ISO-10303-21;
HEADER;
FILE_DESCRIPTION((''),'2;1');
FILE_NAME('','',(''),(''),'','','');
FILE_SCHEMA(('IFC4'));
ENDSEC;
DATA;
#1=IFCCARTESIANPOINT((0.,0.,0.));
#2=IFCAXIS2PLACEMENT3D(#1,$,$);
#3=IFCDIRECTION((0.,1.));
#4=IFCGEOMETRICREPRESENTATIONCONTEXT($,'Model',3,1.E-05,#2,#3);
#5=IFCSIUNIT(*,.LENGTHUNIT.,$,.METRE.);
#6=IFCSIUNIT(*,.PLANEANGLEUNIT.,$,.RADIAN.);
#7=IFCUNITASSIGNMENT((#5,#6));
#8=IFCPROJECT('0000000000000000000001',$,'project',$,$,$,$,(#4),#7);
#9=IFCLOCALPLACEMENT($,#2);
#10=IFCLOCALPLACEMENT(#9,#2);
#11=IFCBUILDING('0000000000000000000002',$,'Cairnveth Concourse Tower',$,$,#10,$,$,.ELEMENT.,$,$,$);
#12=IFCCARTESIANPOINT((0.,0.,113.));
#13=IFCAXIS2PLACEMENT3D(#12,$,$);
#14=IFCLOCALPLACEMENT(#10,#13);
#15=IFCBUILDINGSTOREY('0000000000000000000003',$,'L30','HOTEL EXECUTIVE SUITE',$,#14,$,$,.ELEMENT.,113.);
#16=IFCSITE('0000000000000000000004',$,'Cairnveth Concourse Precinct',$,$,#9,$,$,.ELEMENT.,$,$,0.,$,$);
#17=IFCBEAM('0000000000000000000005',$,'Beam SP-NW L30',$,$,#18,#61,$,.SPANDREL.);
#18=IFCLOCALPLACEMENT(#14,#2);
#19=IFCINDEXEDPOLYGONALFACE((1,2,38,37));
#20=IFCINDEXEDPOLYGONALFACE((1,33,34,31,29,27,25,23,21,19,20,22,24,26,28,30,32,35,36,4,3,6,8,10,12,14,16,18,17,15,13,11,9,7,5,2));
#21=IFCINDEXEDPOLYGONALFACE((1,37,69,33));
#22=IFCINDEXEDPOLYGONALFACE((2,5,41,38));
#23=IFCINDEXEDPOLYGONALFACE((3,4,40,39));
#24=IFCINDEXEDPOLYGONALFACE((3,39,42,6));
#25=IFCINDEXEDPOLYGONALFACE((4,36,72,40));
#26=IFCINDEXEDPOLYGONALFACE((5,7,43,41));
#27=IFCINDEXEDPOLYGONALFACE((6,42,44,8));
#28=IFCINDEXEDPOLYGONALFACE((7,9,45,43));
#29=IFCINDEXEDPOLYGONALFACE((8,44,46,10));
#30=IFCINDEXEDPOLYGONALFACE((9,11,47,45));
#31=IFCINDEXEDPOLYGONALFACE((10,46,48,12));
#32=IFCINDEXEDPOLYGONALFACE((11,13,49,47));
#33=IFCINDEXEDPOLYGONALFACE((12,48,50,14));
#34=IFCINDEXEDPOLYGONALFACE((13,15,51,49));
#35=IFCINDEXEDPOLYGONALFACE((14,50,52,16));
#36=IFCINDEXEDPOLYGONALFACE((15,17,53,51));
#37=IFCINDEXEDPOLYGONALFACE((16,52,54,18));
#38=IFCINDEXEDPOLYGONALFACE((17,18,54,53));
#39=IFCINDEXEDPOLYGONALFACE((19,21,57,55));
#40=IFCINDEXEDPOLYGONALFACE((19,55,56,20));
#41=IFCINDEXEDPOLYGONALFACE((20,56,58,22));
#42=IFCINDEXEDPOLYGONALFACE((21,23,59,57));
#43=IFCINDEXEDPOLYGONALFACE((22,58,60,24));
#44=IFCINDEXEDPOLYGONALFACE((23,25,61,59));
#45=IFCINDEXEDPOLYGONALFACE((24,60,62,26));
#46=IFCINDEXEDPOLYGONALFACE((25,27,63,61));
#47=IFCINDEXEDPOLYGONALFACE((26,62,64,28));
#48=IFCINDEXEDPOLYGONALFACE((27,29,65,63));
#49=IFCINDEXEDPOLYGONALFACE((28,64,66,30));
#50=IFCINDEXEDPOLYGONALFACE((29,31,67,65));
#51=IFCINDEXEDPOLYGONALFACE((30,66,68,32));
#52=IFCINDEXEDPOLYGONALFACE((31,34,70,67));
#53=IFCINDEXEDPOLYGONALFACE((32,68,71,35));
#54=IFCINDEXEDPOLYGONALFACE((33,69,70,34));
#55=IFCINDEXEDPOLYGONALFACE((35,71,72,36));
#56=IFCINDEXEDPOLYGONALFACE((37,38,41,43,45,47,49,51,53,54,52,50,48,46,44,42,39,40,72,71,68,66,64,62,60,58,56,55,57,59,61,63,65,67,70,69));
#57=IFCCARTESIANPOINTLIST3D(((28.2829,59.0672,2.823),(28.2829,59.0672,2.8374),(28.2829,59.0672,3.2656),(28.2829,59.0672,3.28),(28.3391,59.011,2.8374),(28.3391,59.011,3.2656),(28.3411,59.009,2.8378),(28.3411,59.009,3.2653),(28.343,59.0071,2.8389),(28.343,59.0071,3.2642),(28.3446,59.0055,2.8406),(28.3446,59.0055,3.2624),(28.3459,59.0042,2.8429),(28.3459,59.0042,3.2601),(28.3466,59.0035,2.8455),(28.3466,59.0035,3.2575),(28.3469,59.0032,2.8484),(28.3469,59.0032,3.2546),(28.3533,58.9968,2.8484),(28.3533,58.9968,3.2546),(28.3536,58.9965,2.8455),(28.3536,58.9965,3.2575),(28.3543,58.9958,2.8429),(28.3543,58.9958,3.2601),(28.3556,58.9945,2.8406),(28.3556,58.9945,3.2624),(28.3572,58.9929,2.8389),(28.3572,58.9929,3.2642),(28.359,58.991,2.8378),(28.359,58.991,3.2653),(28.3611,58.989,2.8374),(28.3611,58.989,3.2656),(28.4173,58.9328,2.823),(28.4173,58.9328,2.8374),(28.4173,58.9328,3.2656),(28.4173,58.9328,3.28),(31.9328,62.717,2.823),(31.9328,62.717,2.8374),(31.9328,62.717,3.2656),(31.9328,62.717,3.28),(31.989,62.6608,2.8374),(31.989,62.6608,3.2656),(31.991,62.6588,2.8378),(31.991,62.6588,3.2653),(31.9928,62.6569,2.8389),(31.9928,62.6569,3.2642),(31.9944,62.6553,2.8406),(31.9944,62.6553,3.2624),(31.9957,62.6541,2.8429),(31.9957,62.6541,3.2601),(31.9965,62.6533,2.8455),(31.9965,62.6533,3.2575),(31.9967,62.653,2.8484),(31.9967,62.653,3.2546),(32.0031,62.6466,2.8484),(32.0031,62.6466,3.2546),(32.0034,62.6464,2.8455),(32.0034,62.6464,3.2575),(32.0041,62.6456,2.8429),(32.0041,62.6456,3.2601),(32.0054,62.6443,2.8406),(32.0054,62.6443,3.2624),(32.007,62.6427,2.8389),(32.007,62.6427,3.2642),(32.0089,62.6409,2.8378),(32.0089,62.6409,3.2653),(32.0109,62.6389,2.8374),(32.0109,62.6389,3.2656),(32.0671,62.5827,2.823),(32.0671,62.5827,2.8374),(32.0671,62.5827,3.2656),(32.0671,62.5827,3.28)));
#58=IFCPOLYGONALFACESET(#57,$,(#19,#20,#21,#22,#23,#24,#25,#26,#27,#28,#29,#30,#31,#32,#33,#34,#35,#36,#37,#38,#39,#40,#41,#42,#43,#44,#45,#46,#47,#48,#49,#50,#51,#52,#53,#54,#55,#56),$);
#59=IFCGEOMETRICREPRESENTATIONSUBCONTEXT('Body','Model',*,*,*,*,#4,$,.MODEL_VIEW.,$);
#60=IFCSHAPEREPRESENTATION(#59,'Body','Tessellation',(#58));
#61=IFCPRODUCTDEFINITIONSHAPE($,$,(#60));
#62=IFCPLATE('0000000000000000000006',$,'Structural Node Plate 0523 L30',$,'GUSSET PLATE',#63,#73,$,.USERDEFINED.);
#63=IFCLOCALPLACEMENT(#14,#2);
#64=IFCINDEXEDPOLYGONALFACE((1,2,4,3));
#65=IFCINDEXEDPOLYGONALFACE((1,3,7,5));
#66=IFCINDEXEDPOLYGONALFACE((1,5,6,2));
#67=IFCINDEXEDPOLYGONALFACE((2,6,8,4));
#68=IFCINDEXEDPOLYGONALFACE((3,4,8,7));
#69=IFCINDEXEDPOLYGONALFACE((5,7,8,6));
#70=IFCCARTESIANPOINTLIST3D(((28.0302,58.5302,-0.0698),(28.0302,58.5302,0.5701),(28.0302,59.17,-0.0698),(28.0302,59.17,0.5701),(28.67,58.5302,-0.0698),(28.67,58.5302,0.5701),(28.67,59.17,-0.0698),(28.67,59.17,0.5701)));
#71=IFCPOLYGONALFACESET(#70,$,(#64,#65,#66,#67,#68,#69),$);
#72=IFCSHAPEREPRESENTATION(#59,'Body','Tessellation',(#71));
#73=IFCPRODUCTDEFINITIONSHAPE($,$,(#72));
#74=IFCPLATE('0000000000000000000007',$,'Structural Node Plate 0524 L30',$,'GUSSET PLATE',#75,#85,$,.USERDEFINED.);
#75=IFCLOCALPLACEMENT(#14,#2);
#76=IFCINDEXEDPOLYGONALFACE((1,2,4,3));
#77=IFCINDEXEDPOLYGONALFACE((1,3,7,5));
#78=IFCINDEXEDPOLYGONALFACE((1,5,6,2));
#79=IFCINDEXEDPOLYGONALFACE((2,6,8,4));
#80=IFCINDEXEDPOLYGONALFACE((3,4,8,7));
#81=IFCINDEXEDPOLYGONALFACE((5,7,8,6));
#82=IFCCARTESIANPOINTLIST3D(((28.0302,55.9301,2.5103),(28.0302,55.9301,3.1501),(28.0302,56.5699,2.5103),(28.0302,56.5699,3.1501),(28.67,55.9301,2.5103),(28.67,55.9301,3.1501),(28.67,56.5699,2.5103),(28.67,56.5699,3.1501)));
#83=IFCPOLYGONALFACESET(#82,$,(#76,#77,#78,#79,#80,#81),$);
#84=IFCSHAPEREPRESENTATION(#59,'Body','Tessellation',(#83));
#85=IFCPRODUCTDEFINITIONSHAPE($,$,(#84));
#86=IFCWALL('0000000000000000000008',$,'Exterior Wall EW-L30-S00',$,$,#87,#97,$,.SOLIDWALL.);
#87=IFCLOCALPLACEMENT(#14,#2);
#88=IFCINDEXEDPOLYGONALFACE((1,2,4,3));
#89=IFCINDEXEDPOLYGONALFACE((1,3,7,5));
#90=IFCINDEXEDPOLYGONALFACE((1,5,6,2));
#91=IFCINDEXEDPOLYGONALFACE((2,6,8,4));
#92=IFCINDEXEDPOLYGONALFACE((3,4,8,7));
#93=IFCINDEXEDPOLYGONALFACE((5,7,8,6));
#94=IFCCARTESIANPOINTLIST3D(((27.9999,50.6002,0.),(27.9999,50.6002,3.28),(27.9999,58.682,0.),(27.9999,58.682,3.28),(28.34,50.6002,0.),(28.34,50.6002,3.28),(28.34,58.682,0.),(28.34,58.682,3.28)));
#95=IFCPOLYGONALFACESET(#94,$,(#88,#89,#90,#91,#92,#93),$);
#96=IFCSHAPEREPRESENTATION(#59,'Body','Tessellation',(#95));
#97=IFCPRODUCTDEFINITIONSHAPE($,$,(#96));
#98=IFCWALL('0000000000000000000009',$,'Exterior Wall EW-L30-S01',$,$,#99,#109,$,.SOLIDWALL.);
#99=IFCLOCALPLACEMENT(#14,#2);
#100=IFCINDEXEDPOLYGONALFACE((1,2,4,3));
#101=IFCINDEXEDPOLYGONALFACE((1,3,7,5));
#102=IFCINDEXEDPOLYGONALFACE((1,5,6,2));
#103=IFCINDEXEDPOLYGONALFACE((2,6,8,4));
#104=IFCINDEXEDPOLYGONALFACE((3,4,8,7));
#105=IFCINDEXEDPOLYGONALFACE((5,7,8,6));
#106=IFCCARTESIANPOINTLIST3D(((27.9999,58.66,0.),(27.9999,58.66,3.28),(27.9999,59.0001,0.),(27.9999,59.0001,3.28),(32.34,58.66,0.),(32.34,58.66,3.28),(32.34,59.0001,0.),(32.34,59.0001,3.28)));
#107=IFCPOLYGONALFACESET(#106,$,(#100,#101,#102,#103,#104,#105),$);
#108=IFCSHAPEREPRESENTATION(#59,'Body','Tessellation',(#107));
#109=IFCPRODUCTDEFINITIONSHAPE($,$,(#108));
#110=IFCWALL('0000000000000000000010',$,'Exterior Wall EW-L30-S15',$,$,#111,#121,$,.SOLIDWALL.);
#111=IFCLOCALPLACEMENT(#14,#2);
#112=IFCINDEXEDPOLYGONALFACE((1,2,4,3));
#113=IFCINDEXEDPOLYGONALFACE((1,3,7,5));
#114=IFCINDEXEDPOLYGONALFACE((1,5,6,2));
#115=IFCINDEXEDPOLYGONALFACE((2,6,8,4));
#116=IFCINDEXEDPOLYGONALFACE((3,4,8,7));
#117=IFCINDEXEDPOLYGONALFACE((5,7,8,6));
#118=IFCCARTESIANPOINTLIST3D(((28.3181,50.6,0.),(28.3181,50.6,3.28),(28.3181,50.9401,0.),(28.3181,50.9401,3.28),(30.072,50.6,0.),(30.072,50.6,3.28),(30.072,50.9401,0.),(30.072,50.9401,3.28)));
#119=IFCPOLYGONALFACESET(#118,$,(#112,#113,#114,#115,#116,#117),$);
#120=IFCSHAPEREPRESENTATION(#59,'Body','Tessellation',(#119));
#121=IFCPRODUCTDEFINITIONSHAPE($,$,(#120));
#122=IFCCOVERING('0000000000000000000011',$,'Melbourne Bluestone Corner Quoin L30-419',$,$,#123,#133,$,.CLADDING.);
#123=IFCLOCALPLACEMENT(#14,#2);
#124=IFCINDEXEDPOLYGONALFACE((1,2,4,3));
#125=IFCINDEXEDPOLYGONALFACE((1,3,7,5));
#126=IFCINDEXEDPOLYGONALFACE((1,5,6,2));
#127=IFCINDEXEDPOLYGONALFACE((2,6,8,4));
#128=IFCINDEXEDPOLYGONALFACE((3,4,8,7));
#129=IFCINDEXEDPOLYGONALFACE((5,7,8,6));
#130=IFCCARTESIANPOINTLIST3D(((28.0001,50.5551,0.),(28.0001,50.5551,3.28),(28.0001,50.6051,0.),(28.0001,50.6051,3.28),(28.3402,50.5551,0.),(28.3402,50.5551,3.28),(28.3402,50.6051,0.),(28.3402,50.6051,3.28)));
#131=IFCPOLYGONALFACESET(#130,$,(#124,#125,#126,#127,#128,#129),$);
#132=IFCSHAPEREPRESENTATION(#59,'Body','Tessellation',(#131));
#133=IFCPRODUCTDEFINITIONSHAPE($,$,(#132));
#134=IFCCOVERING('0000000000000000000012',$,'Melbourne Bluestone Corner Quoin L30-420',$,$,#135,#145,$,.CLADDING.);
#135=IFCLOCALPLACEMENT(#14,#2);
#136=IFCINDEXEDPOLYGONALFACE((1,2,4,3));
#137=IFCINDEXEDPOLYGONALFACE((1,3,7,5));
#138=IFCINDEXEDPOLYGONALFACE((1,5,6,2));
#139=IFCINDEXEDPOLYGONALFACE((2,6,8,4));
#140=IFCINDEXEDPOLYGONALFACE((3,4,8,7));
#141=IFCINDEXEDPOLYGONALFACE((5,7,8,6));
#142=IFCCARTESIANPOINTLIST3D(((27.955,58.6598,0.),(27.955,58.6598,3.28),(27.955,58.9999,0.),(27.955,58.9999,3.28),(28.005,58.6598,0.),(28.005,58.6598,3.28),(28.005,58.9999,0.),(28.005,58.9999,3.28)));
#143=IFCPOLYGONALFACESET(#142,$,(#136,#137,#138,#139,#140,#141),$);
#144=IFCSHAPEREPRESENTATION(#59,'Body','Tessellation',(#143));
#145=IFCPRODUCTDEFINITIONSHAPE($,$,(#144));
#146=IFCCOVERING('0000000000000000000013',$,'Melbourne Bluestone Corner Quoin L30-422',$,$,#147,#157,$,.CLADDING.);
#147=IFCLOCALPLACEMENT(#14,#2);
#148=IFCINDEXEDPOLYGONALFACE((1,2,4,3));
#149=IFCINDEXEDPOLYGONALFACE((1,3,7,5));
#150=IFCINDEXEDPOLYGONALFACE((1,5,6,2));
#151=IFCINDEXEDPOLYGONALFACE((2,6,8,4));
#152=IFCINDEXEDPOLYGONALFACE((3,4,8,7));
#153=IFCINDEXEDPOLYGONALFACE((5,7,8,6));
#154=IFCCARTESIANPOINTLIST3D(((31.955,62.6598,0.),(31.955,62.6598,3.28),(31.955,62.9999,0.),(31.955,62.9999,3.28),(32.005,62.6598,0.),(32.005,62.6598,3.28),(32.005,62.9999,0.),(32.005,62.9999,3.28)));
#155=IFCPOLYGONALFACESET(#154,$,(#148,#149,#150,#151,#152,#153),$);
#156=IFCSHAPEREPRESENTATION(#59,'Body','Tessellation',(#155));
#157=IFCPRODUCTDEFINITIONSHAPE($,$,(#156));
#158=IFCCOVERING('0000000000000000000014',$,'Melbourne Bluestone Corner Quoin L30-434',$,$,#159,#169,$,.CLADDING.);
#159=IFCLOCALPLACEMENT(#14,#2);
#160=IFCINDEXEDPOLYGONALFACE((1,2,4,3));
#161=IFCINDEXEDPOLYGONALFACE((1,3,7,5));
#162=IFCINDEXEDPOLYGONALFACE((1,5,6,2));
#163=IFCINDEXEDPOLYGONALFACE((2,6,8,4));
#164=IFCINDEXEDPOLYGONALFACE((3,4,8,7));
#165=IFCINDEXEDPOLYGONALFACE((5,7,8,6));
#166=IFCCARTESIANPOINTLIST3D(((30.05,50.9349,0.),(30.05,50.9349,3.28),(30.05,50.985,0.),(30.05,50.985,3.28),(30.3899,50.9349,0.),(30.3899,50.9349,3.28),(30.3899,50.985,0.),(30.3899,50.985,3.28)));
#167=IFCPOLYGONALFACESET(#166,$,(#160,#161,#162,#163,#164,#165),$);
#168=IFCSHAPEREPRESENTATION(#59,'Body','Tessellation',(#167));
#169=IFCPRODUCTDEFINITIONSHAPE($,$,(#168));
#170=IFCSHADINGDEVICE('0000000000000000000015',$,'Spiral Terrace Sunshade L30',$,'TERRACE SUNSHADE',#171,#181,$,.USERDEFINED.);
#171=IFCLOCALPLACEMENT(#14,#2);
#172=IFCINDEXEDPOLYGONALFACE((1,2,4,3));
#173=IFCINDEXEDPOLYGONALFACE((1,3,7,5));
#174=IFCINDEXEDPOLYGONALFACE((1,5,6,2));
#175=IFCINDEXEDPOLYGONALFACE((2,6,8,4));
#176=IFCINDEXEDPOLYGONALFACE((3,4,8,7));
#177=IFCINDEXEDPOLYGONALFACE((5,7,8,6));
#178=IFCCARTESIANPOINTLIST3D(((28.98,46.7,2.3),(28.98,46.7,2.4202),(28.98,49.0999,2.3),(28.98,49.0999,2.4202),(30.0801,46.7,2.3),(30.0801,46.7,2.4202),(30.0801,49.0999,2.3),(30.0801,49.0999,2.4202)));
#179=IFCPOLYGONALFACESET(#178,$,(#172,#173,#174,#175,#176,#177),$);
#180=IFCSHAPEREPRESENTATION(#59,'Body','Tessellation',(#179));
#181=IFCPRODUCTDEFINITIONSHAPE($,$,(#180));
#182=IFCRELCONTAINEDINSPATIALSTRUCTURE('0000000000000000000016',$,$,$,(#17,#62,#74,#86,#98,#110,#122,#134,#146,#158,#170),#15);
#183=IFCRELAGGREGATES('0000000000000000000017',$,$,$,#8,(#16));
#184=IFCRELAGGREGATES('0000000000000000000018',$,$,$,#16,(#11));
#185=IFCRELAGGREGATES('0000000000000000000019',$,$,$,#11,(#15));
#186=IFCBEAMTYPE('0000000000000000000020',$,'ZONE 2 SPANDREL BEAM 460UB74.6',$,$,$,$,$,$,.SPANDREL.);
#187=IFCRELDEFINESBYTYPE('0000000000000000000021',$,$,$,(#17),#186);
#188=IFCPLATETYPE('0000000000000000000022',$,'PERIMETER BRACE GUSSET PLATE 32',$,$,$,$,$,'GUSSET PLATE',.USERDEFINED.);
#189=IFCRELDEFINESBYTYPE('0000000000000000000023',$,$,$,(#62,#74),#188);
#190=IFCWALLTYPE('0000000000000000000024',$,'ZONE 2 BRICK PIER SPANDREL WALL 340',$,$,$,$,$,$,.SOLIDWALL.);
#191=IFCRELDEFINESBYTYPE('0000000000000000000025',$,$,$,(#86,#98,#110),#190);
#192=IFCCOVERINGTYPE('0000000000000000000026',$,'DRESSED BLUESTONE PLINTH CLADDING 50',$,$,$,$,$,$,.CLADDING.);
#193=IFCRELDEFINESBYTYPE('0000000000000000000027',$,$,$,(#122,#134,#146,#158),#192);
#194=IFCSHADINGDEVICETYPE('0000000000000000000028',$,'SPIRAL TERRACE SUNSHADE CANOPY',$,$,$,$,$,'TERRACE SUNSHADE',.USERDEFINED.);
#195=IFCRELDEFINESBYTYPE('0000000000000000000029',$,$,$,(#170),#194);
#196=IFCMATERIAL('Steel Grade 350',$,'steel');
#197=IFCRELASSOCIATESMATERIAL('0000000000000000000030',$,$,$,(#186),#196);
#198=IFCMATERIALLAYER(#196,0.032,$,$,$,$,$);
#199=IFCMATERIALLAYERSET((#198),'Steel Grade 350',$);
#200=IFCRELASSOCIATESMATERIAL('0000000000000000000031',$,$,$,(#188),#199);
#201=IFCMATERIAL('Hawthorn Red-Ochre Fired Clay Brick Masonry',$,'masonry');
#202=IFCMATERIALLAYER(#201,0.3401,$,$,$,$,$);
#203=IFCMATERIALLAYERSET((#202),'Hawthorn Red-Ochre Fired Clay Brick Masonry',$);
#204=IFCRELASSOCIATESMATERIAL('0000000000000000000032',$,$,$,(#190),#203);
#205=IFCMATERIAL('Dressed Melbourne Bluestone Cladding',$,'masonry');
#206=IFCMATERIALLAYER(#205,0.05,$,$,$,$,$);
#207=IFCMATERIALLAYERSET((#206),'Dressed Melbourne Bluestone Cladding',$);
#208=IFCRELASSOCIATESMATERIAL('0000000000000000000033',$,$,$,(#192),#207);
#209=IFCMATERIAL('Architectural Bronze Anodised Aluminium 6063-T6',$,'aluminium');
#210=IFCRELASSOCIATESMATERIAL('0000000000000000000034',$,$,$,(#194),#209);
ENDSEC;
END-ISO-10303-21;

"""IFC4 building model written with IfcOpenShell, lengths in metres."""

from ifc_helpers import new_model, si_unit, direction, frame, frame_2d, origin, origin_2d, place, context, subcontext, project, spatial, rectangle, i_section, extrude, material, layer, layer_set, material_profile, profile_set, type_object, element, save


model = new_model("IFC4")

# Units and contexts
model_context = context("Model", 3, precision=1e-05, world=origin(), true_north=direction((0.0, 1.0)))
body_context = subcontext(model_context, "Body", "Model", "MODEL_VIEW")
ifc_project = project(units=[si_unit("LENGTHUNIT", "METRE"), si_unit("PLANEANGLEUNIT", "RADIAN")], contexts=[model_context])

# Site, building, storey
site_placement = place(None, origin())
site = spatial("IfcSite", under=ifc_project, at=site_placement, Name="Cairnveth Concourse Precinct", CompositionType="ELEMENT", RefElevation=0.0)
building_placement = place(site_placement, origin())
building = spatial("IfcBuilding", under=site, at=building_placement, Name="Cairnveth Concourse Tower", CompositionType="ELEMENT")
storey_placement = place(building_placement, frame((0.0, 0.0, 113.0)))
storey = spatial("IfcBuildingStorey", under=building, at=storey_placement, Name="L30", Description="HOTEL EXECUTIVE SUITE", CompositionType="ELEMENT", Elevation=113.0)

# Shared definitions
ifc_material_1 = material(Name="Steel Grade 350", Category="steel")

# Beam
ifc_material_profile_1 = material_profile(ifc_material_1, i_section(OverallWidth=0.1899, OverallDepth=0.457, WebThickness=0.009, FlangeThickness=0.0144, FilletRadius=0.011, at=origin_2d()), Name="460UB74.6")
ifc_profile_set_1 = profile_set([ifc_material_profile_1], Name="Steel Grade 350")
beam_type_1 = type_object("IfcBeamType", Name="ZONE 2 SPANDREL BEAM 460UB74.6", PredefinedType="SPANDREL", material=ifc_profile_set_1)
beam_1_placement = place(storey_placement, frame((28.3501, 59.0, 3.0515), z_axis=(0.707107, 0.707107, 0.0), x_axis=(-0.707107, 0.707107, 0.0)))
element("IfcBeam", 1, at=beam_1_placement, inside=storey, type_object=beam_type_1, Name="Beam SP-NW L30", PredefinedType="SPANDREL", context=body_context, shape_type="SweptSolid", body=[
    extrude(i_section(OverallWidth=0.1899, OverallDepth=0.457, WebThickness=0.009, FlangeThickness=0.0144, FilletRadius=0.011, at=origin_2d()), origin(), (0.0, 0.0, 1.0), 5.1616),
])

# Plates
ifc_layer_1 = layer(ifc_material_1, 0.032)
ifc_layer_set_1 = layer_set([ifc_layer_1], Name="Steel Grade 350")
plate_type = type_object("IfcPlateType", Name="PERIMETER BRACE GUSSET PLATE 32", ElementType="GUSSET PLATE", PredefinedType="USERDEFINED", material=ifc_layer_set_1)
for number, where, z_axis, x_axis, name in (
    (2, (28.3501, 58.8501, -0.0698), (0.0, 0.0, 1.0), (1.0, 0.0, 0.0), "Structural Node Plate 0523 L30"),
    (3, (28.3501, 56.25, 2.5103), (0.0, 0.0, 1.0), (1.0, 0.0, 0.0), "Structural Node Plate 0524 L30"),
):
    element("IfcPlate", number, at=place(storey_placement, frame(where, z_axis=z_axis, x_axis=x_axis)), inside=storey, type_object=plate_type, Name=name, ObjectType="GUSSET PLATE", PredefinedType="USERDEFINED", context=body_context, shape_type="SweptSolid", body=[
        extrude(rectangle(XDim=0.6399, YDim=0.6399, at=origin_2d()), origin(), (0.0, 0.0, 1.0), 0.6399),
    ])

# Walls
ifc_material_2 = material(Name="Hawthorn Red-Ochre Fired Clay Brick Masonry", Category="masonry")
ifc_layer_2 = layer(ifc_material_2, 0.3401)
ifc_layer_set_2 = layer_set([ifc_layer_2], Name="Hawthorn Red-Ochre Fired Clay Brick Masonry")
wall_type = type_object("IfcWallType", Name="ZONE 2 BRICK PIER SPANDREL WALL 340", PredefinedType="SOLIDWALL", material=ifc_layer_set_2)
wall_1_placement = place(storey_placement, frame((28.1699, 50.6001, 0.0), z_axis=(0.0, 0.0, 1.0), x_axis=(0.0, 1.0, 0.0)))
element("IfcWall", 4, at=wall_1_placement, inside=storey, type_object=wall_type, Name="Exterior Wall EW-L30-S00", PredefinedType="SOLIDWALL", context=body_context, shape_type="SweptSolid", body=[
    extrude(rectangle(XDim=8.0818, YDim=0.3401, at=frame_2d((4.041, 0.0))), origin(), (0.0, 0.0, 1.0), 3.28),
])
wall_2_placement = place(storey_placement, frame((28.0, 58.8301, 0.0), z_axis=(0.0, 0.0, 1.0), x_axis=(1.0, 0.0, 0.0)))
element("IfcWall", 5, at=wall_2_placement, inside=storey, type_object=wall_type, Name="Exterior Wall EW-L30-S01", PredefinedType="SOLIDWALL", context=body_context, shape_type="SweptSolid", body=[
    extrude(rectangle(XDim=4.3401, YDim=0.3401, at=frame_2d((2.1699, 0.0))), origin(), (0.0, 0.0, 1.0), 3.28),
])
wall_3_placement = place(storey_placement, frame((30.072, 50.77, 0.0), z_axis=(0.0, 0.0, 1.0), x_axis=(-1.0, 0.0, 0.0)))
element("IfcWall", 6, at=wall_3_placement, inside=storey, type_object=wall_type, Name="Exterior Wall EW-L30-S15", PredefinedType="SOLIDWALL", context=body_context, shape_type="SweptSolid", body=[
    extrude(rectangle(XDim=1.7539, YDim=0.3401, at=frame_2d((0.877, 0.0))), origin(), (0.0, 0.0, 1.0), 3.28),
])

# Coverings
ifc_material_3 = material(Name="Dressed Melbourne Bluestone Cladding", Category="masonry")
ifc_layer_3 = layer(ifc_material_3, 0.05)
ifc_layer_set_3 = layer_set([ifc_layer_3], Name="Dressed Melbourne Bluestone Cladding")
covering_type = type_object("IfcCoveringType", Name="DRESSED BLUESTONE PLINTH CLADDING 50", PredefinedType="CLADDING", material=ifc_layer_set_3)
for number, where, z_axis, x_axis, name in (
    (7, (28.3401, 50.5801, 0.0), (0.0, 0.0, 1.0), (-1.0, 0.0, 0.0), "Melbourne Bluestone Corner Quoin L30-419"),
    (8, (27.98, 58.6599, 0.0), (0.0, 0.0, 1.0), (0.0, 1.0, 0.0), "Melbourne Bluestone Corner Quoin L30-420"),
    (9, (31.98, 62.6599, 0.0), (0.0, 0.0, 1.0), (0.0, 1.0, 0.0), "Melbourne Bluestone Corner Quoin L30-422"),
):
    element("IfcCovering", number, at=place(storey_placement, frame(where, z_axis=z_axis, x_axis=x_axis)), inside=storey, type_object=covering_type, Name=name, PredefinedType="CLADDING", context=body_context, shape_type="SweptSolid", body=[
        extrude(rectangle(XDim=0.3401, YDim=0.05, at=frame_2d((0.1699, 0.0))), origin(), (0.0, 0.0, 1.0), 3.28),
    ])
covering_placement = place(storey_placement, frame((30.3899, 50.96, 0.0), z_axis=(0.0, 0.0, 1.0), x_axis=(-1.0, 0.0, 0.0)))
element("IfcCovering", 10, at=covering_placement, inside=storey, type_object=covering_type, Name="Melbourne Bluestone Corner Quoin L30-434", PredefinedType="CLADDING", context=body_context, shape_type="SweptSolid", body=[
    extrude(rectangle(XDim=0.3398, YDim=0.05, at=frame_2d((0.1699, 0.0))), origin(), (0.0, 0.0, 1.0), 3.28),
])

# Shading device
ifc_material_4 = material(Name="Architectural Bronze Anodised Aluminium 6063-T6", Category="aluminium")
shading_device_type = type_object("IfcShadingDeviceType", Name="SPIRAL TERRACE SUNSHADE CANOPY", ElementType="TERRACE SUNSHADE", PredefinedType="USERDEFINED", material=ifc_material_4)
shading_device_placement = place(storey_placement, frame((29.53, 47.8999, 2.3), z_axis=(0.0, 0.0, 1.0), x_axis=(1.0, 0.0, 0.0)))
element("IfcShadingDevice", 11, at=shading_device_placement, inside=storey, type_object=shading_device_type, Name="Spiral Terrace Sunshade L30", ObjectType="TERRACE SUNSHADE", PredefinedType="USERDEFINED", context=body_context, shape_type="SweptSolid", body=[
    extrude(rectangle(XDim=1.1001, YDim=2.3999, at=origin_2d()), origin(), (0.0, 0.0, 1.0), 0.1201),
])

save(model, "model.ifc")
